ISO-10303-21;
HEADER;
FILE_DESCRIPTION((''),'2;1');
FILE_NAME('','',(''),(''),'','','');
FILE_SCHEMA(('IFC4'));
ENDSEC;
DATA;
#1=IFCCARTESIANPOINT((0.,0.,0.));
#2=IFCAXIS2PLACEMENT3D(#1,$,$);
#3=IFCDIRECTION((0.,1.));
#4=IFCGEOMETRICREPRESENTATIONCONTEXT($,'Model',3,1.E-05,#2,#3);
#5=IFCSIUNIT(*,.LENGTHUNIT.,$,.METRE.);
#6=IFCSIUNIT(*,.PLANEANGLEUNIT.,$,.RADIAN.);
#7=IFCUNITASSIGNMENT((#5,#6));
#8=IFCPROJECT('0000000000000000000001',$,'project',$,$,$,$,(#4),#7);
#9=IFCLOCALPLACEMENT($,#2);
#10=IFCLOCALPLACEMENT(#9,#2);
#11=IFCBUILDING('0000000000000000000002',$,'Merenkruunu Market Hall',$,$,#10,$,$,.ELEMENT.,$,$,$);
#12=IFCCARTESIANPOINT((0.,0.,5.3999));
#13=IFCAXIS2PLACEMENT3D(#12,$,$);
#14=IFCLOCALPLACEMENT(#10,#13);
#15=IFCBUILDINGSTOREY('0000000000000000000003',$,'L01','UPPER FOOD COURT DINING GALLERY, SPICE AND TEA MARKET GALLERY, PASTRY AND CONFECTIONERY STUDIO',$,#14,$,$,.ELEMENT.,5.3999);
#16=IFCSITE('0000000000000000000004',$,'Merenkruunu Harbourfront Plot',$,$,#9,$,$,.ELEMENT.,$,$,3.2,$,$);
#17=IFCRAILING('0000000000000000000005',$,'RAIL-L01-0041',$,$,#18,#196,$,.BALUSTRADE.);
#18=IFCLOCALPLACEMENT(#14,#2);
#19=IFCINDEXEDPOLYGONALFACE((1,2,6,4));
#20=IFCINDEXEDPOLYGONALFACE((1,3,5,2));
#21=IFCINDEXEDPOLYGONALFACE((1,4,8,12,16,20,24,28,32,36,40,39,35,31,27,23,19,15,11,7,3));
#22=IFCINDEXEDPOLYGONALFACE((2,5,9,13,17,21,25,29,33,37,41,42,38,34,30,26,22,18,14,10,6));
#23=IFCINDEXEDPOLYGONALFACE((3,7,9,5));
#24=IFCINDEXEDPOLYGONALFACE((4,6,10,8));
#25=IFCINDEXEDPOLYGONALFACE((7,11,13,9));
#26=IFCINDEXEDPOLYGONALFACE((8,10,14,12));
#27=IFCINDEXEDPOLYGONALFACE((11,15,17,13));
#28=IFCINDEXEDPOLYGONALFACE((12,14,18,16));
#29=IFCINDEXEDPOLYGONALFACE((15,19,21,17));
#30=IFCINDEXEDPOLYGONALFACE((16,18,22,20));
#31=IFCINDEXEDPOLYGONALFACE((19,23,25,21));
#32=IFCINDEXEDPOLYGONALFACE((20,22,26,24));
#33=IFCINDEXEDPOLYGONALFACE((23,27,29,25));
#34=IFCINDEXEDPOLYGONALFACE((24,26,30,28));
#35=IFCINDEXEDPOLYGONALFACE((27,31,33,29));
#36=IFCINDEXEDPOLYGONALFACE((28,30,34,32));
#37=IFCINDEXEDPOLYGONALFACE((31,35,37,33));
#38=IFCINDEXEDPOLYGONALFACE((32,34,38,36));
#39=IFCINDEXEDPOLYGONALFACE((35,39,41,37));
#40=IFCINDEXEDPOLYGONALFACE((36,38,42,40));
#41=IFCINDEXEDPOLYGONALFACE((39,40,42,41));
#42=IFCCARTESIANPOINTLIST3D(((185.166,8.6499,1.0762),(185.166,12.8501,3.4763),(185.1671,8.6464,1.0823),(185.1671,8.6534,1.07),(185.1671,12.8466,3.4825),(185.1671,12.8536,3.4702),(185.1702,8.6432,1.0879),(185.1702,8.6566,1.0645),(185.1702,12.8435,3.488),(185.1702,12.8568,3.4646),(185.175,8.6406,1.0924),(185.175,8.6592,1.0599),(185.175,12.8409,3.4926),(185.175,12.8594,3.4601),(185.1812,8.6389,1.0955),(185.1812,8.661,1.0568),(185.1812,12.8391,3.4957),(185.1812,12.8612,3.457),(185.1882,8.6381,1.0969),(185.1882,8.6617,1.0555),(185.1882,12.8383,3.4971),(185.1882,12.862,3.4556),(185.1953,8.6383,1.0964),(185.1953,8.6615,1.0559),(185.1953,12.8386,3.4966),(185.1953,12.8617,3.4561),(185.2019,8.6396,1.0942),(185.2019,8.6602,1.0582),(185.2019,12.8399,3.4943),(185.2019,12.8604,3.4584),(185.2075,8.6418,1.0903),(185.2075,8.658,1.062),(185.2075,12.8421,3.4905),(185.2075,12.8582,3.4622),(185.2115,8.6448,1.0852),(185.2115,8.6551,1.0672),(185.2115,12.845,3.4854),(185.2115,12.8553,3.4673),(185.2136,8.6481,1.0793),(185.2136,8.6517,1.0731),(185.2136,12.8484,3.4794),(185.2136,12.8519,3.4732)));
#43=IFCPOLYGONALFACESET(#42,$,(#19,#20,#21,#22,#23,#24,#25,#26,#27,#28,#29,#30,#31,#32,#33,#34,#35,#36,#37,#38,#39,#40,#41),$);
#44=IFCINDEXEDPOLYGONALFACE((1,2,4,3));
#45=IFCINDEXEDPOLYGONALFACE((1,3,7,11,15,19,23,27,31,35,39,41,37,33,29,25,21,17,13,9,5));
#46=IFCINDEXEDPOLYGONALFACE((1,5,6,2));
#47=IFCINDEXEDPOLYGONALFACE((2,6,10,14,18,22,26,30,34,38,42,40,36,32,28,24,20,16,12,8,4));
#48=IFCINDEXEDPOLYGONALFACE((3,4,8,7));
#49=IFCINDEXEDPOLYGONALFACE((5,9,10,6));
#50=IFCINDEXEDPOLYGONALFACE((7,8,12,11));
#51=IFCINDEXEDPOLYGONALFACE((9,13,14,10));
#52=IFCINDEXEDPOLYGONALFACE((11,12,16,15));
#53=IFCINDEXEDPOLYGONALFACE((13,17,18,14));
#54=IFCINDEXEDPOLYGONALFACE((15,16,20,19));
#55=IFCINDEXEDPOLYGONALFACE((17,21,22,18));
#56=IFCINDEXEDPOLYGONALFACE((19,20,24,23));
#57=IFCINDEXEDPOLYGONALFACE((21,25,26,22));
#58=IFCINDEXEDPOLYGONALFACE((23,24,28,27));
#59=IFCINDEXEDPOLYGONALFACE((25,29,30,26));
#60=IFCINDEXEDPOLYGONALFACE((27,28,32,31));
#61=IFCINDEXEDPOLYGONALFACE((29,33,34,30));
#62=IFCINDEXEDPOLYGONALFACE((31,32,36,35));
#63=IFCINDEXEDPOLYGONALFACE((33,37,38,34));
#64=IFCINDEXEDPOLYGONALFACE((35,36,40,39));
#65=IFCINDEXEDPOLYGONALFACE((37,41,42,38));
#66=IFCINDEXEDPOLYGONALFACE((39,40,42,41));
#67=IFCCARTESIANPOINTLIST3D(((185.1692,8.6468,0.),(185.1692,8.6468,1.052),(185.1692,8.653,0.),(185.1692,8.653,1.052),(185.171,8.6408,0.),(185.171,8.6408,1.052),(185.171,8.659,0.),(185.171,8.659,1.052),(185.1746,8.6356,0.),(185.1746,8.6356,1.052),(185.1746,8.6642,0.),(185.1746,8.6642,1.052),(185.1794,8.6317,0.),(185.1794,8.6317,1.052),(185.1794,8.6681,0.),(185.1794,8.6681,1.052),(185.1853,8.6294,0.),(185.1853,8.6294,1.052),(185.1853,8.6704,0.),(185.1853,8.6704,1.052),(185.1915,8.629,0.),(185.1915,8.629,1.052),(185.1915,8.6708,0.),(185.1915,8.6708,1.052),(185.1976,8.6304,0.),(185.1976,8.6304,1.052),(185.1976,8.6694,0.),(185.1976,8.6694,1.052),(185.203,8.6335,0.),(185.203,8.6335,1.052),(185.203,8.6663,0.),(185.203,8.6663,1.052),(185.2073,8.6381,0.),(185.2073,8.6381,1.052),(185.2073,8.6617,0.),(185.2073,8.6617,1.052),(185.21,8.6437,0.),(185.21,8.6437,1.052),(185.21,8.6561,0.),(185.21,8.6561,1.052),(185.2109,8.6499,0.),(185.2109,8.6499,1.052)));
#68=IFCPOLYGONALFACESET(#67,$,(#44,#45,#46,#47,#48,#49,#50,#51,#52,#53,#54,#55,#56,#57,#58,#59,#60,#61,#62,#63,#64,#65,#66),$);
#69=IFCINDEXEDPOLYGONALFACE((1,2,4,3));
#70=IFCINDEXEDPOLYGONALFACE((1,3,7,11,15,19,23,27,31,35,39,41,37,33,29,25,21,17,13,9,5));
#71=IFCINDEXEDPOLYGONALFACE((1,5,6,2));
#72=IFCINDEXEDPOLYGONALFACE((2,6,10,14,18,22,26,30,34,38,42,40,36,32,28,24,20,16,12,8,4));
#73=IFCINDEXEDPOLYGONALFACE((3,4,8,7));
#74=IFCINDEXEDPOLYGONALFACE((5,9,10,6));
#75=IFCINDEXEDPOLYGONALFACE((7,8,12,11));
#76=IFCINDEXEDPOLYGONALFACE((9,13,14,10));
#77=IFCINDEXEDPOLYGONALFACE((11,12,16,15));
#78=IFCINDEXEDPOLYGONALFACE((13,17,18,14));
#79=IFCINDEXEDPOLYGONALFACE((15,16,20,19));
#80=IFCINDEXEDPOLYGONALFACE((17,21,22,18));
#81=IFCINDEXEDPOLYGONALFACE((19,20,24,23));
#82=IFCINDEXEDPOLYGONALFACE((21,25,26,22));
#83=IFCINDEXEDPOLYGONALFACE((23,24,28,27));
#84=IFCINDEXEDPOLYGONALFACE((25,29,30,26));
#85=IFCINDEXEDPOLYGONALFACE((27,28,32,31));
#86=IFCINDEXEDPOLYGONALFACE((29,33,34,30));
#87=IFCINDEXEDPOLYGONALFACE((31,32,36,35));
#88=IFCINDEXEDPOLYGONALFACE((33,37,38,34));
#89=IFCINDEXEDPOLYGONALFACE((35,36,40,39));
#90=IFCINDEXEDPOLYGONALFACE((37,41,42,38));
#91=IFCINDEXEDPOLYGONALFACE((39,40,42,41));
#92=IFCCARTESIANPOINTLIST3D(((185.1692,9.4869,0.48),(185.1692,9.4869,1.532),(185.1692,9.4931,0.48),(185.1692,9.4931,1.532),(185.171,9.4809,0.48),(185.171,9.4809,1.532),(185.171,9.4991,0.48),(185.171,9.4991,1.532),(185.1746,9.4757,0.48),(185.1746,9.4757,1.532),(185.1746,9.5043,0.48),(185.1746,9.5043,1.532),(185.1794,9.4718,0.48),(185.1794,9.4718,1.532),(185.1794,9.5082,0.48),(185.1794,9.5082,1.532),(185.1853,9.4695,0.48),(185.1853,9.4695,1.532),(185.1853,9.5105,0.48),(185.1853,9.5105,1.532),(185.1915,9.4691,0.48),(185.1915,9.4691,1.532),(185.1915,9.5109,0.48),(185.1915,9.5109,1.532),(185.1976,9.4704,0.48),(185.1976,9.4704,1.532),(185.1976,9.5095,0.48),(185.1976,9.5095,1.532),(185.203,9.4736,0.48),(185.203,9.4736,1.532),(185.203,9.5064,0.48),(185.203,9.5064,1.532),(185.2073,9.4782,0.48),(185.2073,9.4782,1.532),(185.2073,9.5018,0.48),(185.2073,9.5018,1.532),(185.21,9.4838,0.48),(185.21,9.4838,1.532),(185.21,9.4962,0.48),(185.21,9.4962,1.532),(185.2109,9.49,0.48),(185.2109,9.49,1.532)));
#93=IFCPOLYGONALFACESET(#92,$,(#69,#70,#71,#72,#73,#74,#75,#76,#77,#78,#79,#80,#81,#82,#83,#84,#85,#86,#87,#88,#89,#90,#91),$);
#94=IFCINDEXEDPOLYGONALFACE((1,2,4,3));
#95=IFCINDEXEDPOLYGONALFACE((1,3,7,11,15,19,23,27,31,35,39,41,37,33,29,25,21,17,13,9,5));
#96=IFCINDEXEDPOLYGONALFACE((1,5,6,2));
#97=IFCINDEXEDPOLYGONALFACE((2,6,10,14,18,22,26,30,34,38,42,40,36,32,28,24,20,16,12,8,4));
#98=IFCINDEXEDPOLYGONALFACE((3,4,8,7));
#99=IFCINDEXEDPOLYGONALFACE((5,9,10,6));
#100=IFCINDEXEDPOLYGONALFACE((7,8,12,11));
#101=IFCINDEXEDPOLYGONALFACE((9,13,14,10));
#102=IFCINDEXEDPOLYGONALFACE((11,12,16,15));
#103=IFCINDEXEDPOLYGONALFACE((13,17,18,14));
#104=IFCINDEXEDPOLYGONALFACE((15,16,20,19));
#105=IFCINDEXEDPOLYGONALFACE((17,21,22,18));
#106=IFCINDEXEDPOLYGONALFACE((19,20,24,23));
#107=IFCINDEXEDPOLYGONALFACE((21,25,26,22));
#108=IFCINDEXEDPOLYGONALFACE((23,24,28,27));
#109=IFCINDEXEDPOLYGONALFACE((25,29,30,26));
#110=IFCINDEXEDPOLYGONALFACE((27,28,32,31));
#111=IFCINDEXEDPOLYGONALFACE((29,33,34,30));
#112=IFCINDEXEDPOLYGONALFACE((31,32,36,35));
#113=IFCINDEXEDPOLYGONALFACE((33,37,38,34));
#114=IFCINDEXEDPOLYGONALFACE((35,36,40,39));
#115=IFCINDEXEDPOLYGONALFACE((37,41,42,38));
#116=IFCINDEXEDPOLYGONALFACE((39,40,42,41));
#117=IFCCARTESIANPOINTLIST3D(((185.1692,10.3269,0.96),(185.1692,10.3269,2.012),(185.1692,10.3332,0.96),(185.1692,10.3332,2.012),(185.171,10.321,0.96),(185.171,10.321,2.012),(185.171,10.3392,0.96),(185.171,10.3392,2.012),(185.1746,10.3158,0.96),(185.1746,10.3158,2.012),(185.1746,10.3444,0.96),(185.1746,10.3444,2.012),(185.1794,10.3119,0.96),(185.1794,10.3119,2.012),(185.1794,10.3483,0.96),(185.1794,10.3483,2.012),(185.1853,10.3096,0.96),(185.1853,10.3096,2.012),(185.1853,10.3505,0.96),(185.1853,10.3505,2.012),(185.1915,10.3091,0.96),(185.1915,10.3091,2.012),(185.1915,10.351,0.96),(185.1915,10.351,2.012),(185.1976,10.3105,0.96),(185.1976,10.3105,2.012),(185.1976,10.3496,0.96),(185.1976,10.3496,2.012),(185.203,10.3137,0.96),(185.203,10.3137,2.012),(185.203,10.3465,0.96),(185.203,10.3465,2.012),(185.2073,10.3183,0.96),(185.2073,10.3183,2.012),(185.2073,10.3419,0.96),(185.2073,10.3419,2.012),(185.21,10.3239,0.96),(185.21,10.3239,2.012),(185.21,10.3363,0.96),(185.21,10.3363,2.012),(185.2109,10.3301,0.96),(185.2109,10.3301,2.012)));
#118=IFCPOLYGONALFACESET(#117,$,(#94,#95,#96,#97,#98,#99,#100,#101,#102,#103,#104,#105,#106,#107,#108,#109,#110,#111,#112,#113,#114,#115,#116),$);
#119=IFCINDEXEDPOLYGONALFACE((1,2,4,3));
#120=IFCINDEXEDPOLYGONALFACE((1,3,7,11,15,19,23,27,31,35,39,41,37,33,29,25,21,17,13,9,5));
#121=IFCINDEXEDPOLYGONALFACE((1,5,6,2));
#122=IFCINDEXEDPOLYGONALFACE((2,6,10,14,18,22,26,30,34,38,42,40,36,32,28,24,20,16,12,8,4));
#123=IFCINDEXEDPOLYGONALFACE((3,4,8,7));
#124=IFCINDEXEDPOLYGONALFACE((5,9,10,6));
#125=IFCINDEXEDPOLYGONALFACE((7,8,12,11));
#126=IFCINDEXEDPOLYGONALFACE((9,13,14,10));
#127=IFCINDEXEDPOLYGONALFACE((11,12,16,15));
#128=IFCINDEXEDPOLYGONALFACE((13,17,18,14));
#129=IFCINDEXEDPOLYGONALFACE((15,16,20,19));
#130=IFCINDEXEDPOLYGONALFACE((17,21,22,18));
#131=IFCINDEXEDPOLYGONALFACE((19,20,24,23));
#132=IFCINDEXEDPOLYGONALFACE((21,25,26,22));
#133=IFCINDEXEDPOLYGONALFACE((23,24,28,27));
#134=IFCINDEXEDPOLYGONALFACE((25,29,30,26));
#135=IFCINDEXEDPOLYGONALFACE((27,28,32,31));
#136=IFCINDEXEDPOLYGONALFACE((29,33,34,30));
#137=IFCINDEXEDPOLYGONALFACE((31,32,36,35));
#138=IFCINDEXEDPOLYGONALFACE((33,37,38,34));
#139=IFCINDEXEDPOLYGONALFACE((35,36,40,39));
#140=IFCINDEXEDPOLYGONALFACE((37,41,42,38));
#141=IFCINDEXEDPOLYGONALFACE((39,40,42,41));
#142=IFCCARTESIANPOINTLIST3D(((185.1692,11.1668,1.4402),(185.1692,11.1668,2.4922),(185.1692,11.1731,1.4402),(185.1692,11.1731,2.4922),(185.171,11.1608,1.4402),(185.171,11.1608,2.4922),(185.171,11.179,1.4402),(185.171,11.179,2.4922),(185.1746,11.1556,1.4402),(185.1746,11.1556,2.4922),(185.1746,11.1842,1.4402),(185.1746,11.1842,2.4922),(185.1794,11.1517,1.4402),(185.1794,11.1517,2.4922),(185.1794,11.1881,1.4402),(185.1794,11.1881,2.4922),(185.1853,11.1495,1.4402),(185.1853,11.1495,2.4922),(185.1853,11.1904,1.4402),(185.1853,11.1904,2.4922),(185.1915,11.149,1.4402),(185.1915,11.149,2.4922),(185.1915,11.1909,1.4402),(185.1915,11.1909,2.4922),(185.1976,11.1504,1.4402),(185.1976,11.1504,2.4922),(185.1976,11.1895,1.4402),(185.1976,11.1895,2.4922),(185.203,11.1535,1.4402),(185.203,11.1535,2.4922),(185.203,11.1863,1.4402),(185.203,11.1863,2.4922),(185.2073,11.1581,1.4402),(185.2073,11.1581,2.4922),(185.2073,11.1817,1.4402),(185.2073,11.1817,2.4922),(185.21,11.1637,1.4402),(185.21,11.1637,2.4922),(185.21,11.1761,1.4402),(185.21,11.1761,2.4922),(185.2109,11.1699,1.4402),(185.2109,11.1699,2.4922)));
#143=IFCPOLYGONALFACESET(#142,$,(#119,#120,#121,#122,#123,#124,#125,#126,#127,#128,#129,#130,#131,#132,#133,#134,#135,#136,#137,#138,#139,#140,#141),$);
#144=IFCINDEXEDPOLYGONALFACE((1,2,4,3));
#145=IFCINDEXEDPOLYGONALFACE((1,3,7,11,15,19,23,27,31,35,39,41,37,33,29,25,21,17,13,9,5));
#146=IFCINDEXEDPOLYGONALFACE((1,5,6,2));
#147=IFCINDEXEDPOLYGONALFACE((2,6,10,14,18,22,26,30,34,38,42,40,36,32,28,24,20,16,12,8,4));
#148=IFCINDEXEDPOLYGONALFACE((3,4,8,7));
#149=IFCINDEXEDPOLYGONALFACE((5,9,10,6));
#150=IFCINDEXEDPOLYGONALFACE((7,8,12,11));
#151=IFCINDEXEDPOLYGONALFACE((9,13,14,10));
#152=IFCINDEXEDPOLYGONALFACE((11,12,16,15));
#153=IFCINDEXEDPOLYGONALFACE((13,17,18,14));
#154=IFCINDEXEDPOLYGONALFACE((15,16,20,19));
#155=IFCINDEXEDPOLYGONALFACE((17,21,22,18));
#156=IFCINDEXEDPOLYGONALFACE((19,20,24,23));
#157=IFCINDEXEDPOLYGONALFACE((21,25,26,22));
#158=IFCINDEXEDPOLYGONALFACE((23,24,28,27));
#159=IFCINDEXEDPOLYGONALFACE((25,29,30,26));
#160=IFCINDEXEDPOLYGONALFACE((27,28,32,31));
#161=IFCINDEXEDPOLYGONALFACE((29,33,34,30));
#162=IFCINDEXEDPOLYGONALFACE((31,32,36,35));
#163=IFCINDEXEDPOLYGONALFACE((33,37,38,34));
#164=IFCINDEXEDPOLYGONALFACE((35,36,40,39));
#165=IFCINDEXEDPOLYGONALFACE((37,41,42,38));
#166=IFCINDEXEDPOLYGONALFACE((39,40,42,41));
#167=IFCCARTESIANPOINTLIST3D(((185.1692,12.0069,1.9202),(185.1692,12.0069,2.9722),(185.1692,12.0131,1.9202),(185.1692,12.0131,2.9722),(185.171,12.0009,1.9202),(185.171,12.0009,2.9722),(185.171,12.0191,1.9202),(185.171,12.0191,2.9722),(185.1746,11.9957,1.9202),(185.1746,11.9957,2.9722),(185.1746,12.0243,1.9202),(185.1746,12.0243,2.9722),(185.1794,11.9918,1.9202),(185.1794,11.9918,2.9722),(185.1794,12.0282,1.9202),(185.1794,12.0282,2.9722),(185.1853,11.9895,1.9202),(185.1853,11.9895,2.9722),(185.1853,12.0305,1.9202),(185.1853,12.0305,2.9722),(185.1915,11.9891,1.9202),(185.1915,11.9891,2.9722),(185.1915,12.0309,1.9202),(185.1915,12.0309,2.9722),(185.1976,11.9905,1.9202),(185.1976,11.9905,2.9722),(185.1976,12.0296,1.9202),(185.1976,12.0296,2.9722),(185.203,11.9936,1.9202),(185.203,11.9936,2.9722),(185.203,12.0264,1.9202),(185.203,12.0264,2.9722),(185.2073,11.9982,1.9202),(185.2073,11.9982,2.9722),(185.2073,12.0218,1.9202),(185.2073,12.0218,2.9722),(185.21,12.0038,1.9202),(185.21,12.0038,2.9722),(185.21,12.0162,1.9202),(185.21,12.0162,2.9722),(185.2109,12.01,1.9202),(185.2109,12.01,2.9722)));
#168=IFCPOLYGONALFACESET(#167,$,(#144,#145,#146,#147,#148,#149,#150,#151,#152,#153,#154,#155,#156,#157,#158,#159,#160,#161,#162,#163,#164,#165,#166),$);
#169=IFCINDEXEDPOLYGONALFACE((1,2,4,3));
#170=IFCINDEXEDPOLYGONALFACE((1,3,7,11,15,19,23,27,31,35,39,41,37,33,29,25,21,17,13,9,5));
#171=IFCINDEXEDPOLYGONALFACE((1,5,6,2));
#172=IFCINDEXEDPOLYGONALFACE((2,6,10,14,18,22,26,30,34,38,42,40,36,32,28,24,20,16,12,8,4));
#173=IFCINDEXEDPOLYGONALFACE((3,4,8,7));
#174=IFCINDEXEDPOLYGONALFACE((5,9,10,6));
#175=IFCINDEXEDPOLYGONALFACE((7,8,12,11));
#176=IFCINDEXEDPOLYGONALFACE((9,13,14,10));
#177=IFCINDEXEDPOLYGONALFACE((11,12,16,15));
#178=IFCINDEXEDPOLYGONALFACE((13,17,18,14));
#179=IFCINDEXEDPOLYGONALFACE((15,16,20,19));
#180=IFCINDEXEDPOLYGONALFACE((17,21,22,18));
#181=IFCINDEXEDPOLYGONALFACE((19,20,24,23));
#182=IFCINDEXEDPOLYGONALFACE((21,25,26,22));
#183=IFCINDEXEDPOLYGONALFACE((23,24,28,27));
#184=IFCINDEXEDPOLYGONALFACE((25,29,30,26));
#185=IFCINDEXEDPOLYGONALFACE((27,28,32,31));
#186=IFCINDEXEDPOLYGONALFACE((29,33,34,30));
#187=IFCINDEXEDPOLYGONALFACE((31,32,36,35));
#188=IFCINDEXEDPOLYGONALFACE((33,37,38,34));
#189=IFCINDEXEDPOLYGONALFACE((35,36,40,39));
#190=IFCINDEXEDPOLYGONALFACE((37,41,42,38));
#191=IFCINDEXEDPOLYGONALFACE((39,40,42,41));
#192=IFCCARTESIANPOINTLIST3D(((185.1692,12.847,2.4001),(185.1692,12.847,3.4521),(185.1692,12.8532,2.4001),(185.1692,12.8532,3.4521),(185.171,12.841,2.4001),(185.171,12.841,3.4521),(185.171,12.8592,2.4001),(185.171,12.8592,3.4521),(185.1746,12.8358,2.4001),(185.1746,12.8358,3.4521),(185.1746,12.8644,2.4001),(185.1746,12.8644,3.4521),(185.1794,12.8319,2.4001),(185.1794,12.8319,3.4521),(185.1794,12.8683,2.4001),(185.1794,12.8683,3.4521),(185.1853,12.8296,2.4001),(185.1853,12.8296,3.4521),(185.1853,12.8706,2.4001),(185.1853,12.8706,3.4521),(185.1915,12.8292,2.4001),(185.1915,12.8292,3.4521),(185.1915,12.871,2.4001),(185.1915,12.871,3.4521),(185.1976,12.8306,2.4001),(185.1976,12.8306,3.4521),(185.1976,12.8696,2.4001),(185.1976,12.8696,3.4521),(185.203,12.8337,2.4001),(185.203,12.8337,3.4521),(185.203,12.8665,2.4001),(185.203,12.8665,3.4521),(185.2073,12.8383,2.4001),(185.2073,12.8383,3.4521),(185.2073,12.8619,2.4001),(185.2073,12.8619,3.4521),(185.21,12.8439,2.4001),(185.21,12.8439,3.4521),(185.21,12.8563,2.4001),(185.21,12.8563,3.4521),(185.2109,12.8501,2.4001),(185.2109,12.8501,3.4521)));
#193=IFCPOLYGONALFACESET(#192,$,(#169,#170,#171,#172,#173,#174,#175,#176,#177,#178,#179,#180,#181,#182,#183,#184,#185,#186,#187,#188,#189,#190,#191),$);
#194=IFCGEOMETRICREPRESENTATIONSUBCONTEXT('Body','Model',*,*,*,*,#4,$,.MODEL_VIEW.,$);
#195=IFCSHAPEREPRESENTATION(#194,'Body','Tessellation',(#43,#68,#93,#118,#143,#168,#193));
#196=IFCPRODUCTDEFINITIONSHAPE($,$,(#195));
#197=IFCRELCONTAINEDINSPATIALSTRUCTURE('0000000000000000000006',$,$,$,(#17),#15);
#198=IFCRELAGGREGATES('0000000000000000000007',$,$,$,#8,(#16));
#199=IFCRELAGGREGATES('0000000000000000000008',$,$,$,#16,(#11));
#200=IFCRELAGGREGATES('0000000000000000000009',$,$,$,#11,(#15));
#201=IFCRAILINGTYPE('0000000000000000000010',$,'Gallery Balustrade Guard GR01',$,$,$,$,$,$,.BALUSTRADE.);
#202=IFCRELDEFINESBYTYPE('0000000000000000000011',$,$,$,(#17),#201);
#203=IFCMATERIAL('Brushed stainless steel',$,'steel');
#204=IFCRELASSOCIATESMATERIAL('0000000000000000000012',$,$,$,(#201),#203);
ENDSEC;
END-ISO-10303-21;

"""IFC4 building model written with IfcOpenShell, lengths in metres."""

from ifc_helpers import new_model, si_unit, direction, frame, origin, origin_2d, place, context, subcontext, project, spatial, circle, extrude, material, type_object, element, save


model = new_model("IFC4")

# Units and contexts
model_context = context("Model", 3, precision=1e-05, world=origin(), true_north=direction((0.0, 1.0)))
body_context = subcontext(model_context, "Body", "Model", "MODEL_VIEW")
ifc_project = project(units=[si_unit("LENGTHUNIT", "METRE"), si_unit("PLANEANGLEUNIT", "RADIAN")], contexts=[model_context])

# Site, building, storey
site_placement = place(None, origin())
site = spatial("IfcSite", under=ifc_project, at=site_placement, Name="Merenkruunu Harbourfront Plot", CompositionType="ELEMENT", RefElevation=3.2)
building_placement = place(site_placement, origin())
building = spatial("IfcBuilding", under=site, at=building_placement, Name="Merenkruunu Market Hall", CompositionType="ELEMENT")
storey_placement = place(building_placement, frame((0.0, 0.0, 5.3999)))
storey = spatial("IfcBuildingStorey", under=building, at=storey_placement, Name="L01", Description="UPPER FOOD COURT DINING GALLERY, SPICE AND TEA MARKET GALLERY, PASTRY AND CONFECTIONERY STUDIO", CompositionType="ELEMENT", Elevation=5.3999)

# Railing
ifc_material_1 = material(Name="Brushed stainless steel", Category="steel")
railing_type_1 = type_object("IfcRailingType", Name="Gallery Balustrade Guard GR01", PredefinedType="BALUSTRADE", material=ifc_material_1)
railing_1_placement = place(storey_placement, frame((185.1899, 8.6499, 0.0)))
element("IfcRailing", 1, at=railing_1_placement, inside=storey, type_object=railing_type_1, Name="RAIL-L01-0041", PredefinedType="BALUSTRADE", context=body_context, shape_type="SweptSolid", body=[
    extrude(circle(Radius=0.0239, at=origin_2d()), frame((0.0, 0.0, 1.0762), z_axis=(0.0, 0.86824, 0.496144), x_axis=(-1.0, 0.0, 0.0)), (0.0, 0.0, 1.0), 4.8376),
    extrude(circle(Radius=0.021, at=origin_2d()), origin(), (0.0, 0.0, 1.0), 1.052),
    extrude(circle(Radius=0.021, at=origin_2d()), frame((0.0, 0.8401, 0.48)), (0.0, 0.0, 1.0), 1.052),
    extrude(circle(Radius=0.021, at=origin_2d()), frame((0.0, 1.6802, 0.96)), (0.0, 0.0, 1.0), 1.052),
    extrude(circle(Radius=0.021, at=origin_2d()), frame((0.0, 2.52, 1.4402)), (0.0, 0.0, 1.0), 1.052),
    extrude(circle(Radius=0.021, at=origin_2d()), frame((0.0, 3.3601, 1.9202)), (0.0, 0.0, 1.0), 1.052),
    extrude(circle(Radius=0.021, at=origin_2d()), frame((0.0, 4.2002, 2.4001)), (0.0, 0.0, 1.0), 1.052),
])

save(model, "model.ifc")
